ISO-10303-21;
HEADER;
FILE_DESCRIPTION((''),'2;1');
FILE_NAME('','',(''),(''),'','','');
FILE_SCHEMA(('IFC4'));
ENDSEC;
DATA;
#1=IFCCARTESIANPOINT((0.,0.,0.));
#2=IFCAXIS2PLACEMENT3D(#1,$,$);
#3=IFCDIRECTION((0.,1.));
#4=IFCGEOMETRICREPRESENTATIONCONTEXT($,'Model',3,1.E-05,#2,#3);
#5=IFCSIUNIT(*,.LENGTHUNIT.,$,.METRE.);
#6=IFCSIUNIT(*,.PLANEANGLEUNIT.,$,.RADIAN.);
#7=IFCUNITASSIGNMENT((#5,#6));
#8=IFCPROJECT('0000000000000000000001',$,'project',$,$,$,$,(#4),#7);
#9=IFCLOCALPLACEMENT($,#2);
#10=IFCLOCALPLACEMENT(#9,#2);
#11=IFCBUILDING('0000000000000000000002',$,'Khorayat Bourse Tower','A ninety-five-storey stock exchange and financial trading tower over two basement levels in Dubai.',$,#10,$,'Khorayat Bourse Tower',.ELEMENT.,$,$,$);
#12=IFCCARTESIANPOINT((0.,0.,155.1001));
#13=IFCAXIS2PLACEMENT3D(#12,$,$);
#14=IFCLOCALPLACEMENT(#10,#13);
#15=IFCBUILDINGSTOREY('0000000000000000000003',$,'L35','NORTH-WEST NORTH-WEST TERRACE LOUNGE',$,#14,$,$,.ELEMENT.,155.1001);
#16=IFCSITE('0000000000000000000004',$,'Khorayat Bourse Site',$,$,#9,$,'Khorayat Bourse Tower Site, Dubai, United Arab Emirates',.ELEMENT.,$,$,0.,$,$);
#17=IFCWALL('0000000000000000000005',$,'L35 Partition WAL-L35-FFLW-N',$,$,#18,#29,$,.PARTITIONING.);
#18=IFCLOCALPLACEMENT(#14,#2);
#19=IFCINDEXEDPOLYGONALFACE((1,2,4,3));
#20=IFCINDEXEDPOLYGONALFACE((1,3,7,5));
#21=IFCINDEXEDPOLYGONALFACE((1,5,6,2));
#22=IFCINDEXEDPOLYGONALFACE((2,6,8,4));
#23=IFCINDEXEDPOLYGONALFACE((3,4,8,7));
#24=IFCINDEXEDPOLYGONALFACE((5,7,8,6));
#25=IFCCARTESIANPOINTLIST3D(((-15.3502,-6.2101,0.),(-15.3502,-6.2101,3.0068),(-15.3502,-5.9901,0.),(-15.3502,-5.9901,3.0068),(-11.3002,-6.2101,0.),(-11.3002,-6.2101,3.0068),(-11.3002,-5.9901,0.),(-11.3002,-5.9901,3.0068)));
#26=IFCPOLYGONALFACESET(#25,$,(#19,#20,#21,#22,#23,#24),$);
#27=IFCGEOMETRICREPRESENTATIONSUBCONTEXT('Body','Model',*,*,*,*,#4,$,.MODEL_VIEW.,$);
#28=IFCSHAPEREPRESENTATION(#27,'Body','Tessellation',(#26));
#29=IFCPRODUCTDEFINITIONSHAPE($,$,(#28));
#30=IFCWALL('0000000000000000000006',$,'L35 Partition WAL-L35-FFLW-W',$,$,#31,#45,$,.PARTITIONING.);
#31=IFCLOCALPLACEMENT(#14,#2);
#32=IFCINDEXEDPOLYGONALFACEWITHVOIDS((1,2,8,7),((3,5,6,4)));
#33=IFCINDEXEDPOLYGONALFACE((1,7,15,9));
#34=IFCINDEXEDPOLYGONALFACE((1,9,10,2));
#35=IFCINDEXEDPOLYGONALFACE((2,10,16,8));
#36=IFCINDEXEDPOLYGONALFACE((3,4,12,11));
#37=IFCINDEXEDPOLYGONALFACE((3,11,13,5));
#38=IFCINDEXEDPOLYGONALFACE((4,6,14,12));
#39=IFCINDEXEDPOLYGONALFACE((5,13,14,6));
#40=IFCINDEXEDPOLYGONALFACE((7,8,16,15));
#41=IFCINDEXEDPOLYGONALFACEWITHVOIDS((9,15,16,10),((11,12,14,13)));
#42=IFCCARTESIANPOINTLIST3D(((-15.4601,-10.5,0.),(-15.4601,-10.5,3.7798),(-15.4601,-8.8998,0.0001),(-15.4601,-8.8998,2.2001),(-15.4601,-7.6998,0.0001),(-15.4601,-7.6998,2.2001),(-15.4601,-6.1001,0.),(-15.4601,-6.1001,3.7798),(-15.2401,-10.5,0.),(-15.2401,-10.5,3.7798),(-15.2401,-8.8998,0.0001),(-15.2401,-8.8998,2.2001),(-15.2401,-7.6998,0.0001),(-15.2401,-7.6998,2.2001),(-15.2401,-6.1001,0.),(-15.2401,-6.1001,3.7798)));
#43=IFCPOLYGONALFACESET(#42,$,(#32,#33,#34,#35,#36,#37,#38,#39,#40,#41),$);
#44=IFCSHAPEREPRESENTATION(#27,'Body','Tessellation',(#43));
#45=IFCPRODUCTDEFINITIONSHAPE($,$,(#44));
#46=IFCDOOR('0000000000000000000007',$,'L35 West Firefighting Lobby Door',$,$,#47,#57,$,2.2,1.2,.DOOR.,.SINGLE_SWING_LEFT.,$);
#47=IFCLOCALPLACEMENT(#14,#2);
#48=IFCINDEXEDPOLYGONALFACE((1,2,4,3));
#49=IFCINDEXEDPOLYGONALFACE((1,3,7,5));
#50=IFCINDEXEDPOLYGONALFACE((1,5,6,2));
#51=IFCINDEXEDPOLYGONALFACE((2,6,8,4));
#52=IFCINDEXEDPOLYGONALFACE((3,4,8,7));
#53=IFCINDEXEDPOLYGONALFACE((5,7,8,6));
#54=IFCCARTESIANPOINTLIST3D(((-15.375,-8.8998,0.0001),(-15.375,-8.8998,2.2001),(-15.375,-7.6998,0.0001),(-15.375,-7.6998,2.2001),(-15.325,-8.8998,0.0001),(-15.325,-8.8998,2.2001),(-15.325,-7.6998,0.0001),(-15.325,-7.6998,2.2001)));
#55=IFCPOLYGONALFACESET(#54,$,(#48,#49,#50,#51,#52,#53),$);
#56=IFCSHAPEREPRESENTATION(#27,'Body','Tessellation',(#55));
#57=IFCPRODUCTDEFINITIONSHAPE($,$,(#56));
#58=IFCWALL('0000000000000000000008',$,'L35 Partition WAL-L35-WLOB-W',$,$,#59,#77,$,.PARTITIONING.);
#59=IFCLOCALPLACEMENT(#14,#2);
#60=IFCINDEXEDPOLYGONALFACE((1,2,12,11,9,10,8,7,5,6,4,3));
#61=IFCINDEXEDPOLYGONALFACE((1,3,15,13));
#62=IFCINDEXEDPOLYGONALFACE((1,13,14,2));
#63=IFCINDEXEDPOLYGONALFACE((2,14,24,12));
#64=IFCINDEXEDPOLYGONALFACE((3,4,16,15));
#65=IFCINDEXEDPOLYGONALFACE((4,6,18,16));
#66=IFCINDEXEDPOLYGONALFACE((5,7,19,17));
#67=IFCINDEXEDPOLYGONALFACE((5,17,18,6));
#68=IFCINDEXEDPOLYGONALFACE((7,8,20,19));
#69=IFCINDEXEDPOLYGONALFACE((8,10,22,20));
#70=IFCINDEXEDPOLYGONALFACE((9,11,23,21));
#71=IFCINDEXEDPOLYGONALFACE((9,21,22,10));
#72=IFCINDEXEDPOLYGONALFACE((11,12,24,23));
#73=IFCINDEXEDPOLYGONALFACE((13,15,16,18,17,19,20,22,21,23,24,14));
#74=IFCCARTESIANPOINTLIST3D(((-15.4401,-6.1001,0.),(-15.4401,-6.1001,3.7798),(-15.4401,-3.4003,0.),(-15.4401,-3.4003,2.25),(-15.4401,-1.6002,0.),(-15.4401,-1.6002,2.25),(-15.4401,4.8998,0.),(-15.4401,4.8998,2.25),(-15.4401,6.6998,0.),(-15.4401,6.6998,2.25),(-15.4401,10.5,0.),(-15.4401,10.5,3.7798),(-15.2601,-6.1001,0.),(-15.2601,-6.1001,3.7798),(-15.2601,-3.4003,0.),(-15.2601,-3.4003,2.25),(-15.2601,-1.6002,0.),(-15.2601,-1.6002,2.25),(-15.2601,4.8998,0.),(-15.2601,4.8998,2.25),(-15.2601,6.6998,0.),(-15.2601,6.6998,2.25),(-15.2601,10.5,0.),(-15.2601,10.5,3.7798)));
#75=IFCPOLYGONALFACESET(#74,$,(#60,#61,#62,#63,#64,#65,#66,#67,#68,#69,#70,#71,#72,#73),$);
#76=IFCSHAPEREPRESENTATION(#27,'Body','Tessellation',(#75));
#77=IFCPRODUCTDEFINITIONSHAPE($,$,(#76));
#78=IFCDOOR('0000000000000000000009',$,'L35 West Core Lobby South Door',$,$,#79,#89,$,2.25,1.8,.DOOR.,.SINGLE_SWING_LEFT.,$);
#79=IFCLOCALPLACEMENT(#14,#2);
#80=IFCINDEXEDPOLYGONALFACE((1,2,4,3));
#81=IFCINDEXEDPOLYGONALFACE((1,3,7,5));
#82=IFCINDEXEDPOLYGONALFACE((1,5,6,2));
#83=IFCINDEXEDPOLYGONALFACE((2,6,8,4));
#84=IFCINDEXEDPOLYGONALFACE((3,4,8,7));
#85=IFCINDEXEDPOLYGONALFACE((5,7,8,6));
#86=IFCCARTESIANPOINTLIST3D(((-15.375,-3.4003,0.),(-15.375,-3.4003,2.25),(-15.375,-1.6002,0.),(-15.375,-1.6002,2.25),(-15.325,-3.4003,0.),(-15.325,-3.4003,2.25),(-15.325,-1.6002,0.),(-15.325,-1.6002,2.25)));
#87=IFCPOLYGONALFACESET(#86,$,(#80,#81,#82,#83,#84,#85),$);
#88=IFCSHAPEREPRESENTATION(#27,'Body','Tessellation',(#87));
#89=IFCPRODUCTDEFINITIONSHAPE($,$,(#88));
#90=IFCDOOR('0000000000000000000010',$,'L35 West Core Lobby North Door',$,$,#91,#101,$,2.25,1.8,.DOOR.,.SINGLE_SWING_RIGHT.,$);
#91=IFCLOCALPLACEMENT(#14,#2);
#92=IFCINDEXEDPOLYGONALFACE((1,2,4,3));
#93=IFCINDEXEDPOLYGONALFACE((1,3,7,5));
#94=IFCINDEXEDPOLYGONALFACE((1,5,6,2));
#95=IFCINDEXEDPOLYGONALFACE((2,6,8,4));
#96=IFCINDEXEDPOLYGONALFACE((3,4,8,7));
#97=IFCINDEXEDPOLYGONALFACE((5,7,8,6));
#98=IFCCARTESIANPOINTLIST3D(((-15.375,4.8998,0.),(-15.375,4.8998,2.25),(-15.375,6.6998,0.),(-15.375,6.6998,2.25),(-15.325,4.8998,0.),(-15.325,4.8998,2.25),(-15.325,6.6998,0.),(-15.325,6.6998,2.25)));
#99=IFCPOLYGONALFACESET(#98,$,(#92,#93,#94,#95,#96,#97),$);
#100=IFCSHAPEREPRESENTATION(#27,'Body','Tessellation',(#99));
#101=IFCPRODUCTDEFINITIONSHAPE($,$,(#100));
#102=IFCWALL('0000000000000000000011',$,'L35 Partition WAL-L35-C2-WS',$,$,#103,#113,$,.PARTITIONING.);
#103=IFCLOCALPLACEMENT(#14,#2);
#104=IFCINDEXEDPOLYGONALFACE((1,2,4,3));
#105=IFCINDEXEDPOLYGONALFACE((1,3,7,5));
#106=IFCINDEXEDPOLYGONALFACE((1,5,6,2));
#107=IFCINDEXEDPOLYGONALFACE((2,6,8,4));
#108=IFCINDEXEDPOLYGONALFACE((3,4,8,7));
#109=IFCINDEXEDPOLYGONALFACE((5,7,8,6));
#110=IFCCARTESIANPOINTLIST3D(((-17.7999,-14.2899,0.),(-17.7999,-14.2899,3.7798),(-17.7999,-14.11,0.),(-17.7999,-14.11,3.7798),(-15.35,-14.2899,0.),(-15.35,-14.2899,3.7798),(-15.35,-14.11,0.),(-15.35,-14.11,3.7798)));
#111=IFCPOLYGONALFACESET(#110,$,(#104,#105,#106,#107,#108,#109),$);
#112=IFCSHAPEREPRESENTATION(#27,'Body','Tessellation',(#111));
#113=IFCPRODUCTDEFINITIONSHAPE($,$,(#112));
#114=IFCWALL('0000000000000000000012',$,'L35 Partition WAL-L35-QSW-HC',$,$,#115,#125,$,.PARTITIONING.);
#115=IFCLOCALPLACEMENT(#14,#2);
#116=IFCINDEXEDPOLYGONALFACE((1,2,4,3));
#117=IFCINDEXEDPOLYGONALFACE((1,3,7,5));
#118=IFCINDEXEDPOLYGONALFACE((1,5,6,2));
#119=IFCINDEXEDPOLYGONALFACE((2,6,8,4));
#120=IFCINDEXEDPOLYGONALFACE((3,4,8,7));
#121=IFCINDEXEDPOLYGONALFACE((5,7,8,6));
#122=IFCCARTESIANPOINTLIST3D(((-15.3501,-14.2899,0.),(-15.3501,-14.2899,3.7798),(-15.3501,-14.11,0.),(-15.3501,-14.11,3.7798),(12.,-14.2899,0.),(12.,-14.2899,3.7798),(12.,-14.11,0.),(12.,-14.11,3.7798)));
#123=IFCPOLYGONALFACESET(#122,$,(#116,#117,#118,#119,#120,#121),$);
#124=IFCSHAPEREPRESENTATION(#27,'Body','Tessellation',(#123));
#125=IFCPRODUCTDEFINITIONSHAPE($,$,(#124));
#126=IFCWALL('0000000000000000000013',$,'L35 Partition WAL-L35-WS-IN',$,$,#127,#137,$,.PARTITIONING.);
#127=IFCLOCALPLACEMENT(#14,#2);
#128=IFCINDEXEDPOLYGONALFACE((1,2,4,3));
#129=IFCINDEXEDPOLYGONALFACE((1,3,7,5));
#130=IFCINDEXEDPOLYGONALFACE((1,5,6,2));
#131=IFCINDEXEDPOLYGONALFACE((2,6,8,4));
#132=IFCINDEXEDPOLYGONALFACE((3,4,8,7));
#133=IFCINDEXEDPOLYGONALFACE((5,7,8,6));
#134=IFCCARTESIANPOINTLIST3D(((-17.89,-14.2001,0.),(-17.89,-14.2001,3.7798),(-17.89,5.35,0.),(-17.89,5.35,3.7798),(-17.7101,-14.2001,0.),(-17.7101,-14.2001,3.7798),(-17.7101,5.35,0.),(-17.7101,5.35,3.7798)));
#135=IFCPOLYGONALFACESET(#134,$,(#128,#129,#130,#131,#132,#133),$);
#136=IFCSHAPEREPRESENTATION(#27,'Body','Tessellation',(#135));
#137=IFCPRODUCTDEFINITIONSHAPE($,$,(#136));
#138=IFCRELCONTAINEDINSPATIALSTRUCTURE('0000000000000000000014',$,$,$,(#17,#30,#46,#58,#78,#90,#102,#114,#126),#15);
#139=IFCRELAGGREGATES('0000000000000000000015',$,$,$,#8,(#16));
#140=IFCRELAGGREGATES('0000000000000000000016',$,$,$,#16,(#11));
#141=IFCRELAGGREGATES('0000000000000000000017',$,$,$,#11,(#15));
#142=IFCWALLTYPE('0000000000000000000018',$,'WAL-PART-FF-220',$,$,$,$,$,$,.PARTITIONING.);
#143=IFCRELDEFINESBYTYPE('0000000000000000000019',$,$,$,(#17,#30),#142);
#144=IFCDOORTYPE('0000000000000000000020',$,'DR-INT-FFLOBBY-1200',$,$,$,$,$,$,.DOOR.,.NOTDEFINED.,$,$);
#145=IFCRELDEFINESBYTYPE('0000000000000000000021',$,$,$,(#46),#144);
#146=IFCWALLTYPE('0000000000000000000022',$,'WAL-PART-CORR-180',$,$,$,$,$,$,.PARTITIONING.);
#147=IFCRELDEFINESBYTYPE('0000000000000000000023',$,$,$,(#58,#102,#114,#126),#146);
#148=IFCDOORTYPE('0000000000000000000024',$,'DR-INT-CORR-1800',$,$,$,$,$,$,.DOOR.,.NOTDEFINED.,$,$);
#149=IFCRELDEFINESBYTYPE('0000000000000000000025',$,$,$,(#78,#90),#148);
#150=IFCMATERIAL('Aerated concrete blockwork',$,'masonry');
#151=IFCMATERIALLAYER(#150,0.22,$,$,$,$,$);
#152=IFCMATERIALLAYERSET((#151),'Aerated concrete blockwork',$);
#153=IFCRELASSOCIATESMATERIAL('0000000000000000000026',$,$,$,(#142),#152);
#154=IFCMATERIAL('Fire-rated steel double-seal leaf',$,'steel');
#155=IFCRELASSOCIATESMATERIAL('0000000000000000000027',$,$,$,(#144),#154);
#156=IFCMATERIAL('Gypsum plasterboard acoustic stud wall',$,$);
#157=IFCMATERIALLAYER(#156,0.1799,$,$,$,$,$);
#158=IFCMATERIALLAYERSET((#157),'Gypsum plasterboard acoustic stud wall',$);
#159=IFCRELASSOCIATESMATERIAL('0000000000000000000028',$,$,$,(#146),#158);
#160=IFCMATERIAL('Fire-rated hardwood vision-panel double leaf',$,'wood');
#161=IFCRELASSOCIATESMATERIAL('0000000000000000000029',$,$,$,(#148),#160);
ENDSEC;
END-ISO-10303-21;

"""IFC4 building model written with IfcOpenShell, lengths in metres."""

from ifc_helpers import new_model, si_unit, direction, frame, frame_2d, origin, place, context, subcontext, project, spatial, rectangle, extrude, source, transform, mapped, material, layer, layer_set, type_object, element, fill, save


model = new_model("IFC4")

# Units and contexts
model_context = context("Model", 3, precision=1e-05, world=origin(), true_north=direction((0.0, 1.0)))
body_context = subcontext(model_context, "Body", "Model", "MODEL_VIEW")
ifc_project = project(units=[si_unit("LENGTHUNIT", "METRE"), si_unit("PLANEANGLEUNIT", "RADIAN")], contexts=[model_context])

# Site, building, storey
site_placement = place(None, origin())
site = spatial("IfcSite", under=ifc_project, at=site_placement, Name="Khorayat Bourse Site", LongName="Khorayat Bourse Tower Site, Dubai, United Arab Emirates", CompositionType="ELEMENT", RefElevation=0.0)
building_placement = place(site_placement, origin())
building = spatial("IfcBuilding", under=site, at=building_placement, Name="Khorayat Bourse Tower", Description="A ninety-five-storey stock exchange and financial trading tower over two basement levels in Dubai.", LongName="Khorayat Bourse Tower", CompositionType="ELEMENT")
storey_placement = place(building_placement, frame((0.0, 0.0, 155.1001)))
storey = spatial("IfcBuildingStorey", under=building, at=storey_placement, Name="L35", Description="NORTH-WEST NORTH-WEST TERRACE LOUNGE", CompositionType="ELEMENT", Elevation=155.1001)

# Wall
ifc_material_1 = material(Name="Aerated concrete blockwork", Category="masonry")
ifc_layer_1 = layer(ifc_material_1, 0.22)
ifc_layer_set_1 = layer_set([ifc_layer_1], Name="Aerated concrete blockwork")
wall_type_1 = type_object("IfcWallType", Name="WAL-PART-FF-220", PredefinedType="PARTITIONING", material=ifc_layer_set_1)
shared_shape_1 = source(origin(), body_context, "Body", "SweptSolid", [
    extrude(rectangle(XDim=4.05, YDim=0.22, at=frame_2d((2.0249, 0.0))), origin(), (0.0, 0.0, 1.0), 3.0068),
])
wall_1_placement = place(storey_placement, frame((-15.3501, -6.1001, 0.0), z_axis=(0.0, 0.0, 1.0), x_axis=(1.0, 0.0, 0.0)))
element("IfcWall", 1, at=wall_1_placement, inside=storey, type_object=wall_type_1, Name="L35 Partition WAL-L35-FFLW-N", PredefinedType="PARTITIONING", context=body_context, shape_type="MappedRepresentation", body=[
    mapped(shared_shape_1, transform((0.0, 0.0, 0.0), scale=1.0)),
])

# Wall, opening, door
shared_shape_2 = source(origin(), body_context, "Body", "SweptSolid", [
    extrude(rectangle(XDim=4.3999, YDim=0.22, at=frame_2d((2.2, 0.0))), origin(), (0.0, 0.0, 1.0), 3.7798),
])
wall_2_placement = place(storey_placement, frame((-15.3501, -10.5, 0.0), z_axis=(0.0, 0.0, 1.0), x_axis=(0.0, 1.0, 0.0)))
wall_2 = element("IfcWall", 2, at=wall_2_placement, inside=storey, type_object=wall_type_1, Name="L35 Partition WAL-L35-FFLW-W", PredefinedType="PARTITIONING", context=body_context, shape_type="MappedRepresentation", body=[
    mapped(shared_shape_2, transform((0.0, 0.0, 0.0), scale=1.0)),
])
shared_shape_3 = source(origin(), body_context, "Body", "SweptSolid", [
    extrude(rectangle(XDim=1.2, YDim=2.2, at=frame_2d((0.6001, 1.1001))), frame((0.0, 0.1199, 0.0), z_axis=(0.0, -1.0, 0.0), x_axis=(1.0, 0.0, 0.0)), (0.0, 0.0, 1.0), 0.24),
])
opening_1_placement = place(wall_2_placement, frame((1.6001, 0.0, 0.0)))
opening_1 = element("IfcOpeningElement", 3, at=opening_1_placement, cuts=wall_2, PredefinedType="OPENING", context=body_context, shape_type="MappedRepresentation", body=[
    mapped(shared_shape_3, transform((0.0, 0.0, 0.0), scale=1.0)),
])
ifc_material_2 = material(Name="Fire-rated steel double-seal leaf", Category="steel")
door_type_1 = type_object("IfcDoorType", Name="DR-INT-FFLOBBY-1200", OperationType="NOTDEFINED", PredefinedType="DOOR", material=ifc_material_2)
shared_shape_4 = source(origin(), body_context, "Body", "SweptSolid", [
    extrude(rectangle(XDim=1.2, YDim=2.2, at=frame_2d((0.6001, 1.1001))), frame((0.0, 0.0249, 0.0), z_axis=(0.0, -1.0, 0.0), x_axis=(1.0, 0.0, 0.0)), (0.0, 0.0, 1.0), 0.05),
])
door_1_placement = place(opening_1_placement, origin())
door_1 = element("IfcDoor", 4, at=door_1_placement, inside=storey, type_object=door_type_1, Name="L35 West Firefighting Lobby Door", OperationType="SINGLE_SWING_LEFT", OverallHeight=2.2, OverallWidth=1.2, PredefinedType="DOOR", context=body_context, shape_type="MappedRepresentation", body=[
    mapped(shared_shape_4, transform((0.0, 0.0, 0.0), scale=1.0)),
])
fill(opening_1, door_1)

# Wall, openings, doors
ifc_material_3 = material(Name="Gypsum plasterboard acoustic stud wall")
ifc_layer_2 = layer(ifc_material_3, 0.1799)
ifc_layer_set_2 = layer_set([ifc_layer_2], Name="Gypsum plasterboard acoustic stud wall")
wall_type_2 = type_object("IfcWallType", Name="WAL-PART-CORR-180", PredefinedType="PARTITIONING", material=ifc_layer_set_2)
shared_shape_5 = source(origin(), body_context, "Body", "SweptSolid", [
    extrude(rectangle(XDim=16.6001, YDim=0.1799, at=frame_2d((8.3, 0.0))), origin(), (0.0, 0.0, 1.0), 3.7798),
])
wall_3_placement = place(storey_placement, frame((-15.3501, -6.1001, 0.0), z_axis=(0.0, 0.0, 1.0), x_axis=(0.0, 1.0, 0.0)))
wall_3 = element("IfcWall", 5, at=wall_3_placement, inside=storey, type_object=wall_type_2, Name="L35 Partition WAL-L35-WLOB-W", PredefinedType="PARTITIONING", context=body_context, shape_type="MappedRepresentation", body=[
    mapped(shared_shape_5, transform((0.0, 0.0, 0.0), scale=1.0)),
])
shared_shape_6 = source(origin(), body_context, "Body", "SweptSolid", [
    extrude(rectangle(XDim=1.8, YDim=2.25, at=frame_2d((0.8999, 1.125))), frame((0.0, 0.0999, 0.0), z_axis=(0.0, -1.0, 0.0), x_axis=(1.0, 0.0, 0.0)), (0.0, 0.0, 1.0), 0.2),
])
opening_2_placement = place(wall_3_placement, frame((2.7, 0.0, 0.0)))
opening_2 = element("IfcOpeningElement", 6, at=opening_2_placement, cuts=wall_3, PredefinedType="OPENING", context=body_context, shape_type="MappedRepresentation", body=[
    mapped(shared_shape_6, transform((0.0, 0.0, 0.0), scale=1.0)),
])
opening_3_placement = place(wall_3_placement, frame((11.0, 0.0, 0.0)))
opening_3 = element("IfcOpeningElement", 7, at=opening_3_placement, cuts=wall_3, PredefinedType="OPENING", context=body_context, shape_type="MappedRepresentation", body=[
    mapped(shared_shape_6, transform((0.0, 0.0, 0.0), scale=1.0)),
])
ifc_material_4 = material(Name="Fire-rated hardwood vision-panel double leaf", Category="wood")
door_type_2 = type_object("IfcDoorType", Name="DR-INT-CORR-1800", OperationType="NOTDEFINED", PredefinedType="DOOR", material=ifc_material_4)
shared_shape_7 = source(origin(), body_context, "Body", "SweptSolid", [
    extrude(rectangle(XDim=1.8, YDim=2.25, at=frame_2d((0.8999, 1.125))), frame((0.0, 0.0249, 0.0), z_axis=(0.0, -1.0, 0.0), x_axis=(1.0, 0.0, 0.0)), (0.0, 0.0, 1.0), 0.05),
])
door_2_placement = place(opening_2_placement, origin())
door_2 = element("IfcDoor", 8, at=door_2_placement, inside=storey, type_object=door_type_2, Name="L35 West Core Lobby South Door", OperationType="SINGLE_SWING_LEFT", OverallHeight=2.25, OverallWidth=1.8, PredefinedType="DOOR", context=body_context, shape_type="MappedRepresentation", body=[
    mapped(shared_shape_7, transform((0.0, 0.0, 0.0), scale=1.0)),
])
fill(opening_2, door_2)
door_3_placement = place(opening_3_placement, origin())
door_3 = element("IfcDoor", 9, at=door_3_placement, inside=storey, type_object=door_type_2, Name="L35 West Core Lobby North Door", OperationType="SINGLE_SWING_RIGHT", OverallHeight=2.25, OverallWidth=1.8, PredefinedType="DOOR", context=body_context, shape_type="MappedRepresentation", body=[
    mapped(shared_shape_7, transform((0.0, 0.0, 0.0), scale=1.0)),
])
fill(opening_3, door_3)

# Walls
shared_shape_8 = source(origin(), body_context, "Body", "SweptSolid", [
    extrude(rectangle(XDim=2.45, YDim=0.1799, at=frame_2d((1.2251, 0.0))), origin(), (0.0, 0.0, 1.0), 3.7798),
])
wall_4_placement = place(storey_placement, frame((-17.8, -14.2, 0.0), z_axis=(0.0, 0.0, 1.0), x_axis=(1.0, 0.0, 0.0)))
element("IfcWall", 10, at=wall_4_placement, inside=storey, type_object=wall_type_2, Name="L35 Partition WAL-L35-C2-WS", PredefinedType="PARTITIONING", context=body_context, shape_type="MappedRepresentation", body=[
    mapped(shared_shape_8, transform((0.0, 0.0, 0.0), scale=1.0)),
])
shared_shape_9 = source(origin(), body_context, "Body", "SweptSolid", [
    extrude(rectangle(XDim=27.3501, YDim=0.1799, at=frame_2d((13.675, 0.0))), origin(), (0.0, 0.0, 1.0), 3.7798),
])
wall_5_placement = place(storey_placement, frame((-15.3501, -14.2, 0.0), z_axis=(0.0, 0.0, 1.0), x_axis=(1.0, 0.0, 0.0)))
element("IfcWall", 11, at=wall_5_placement, inside=storey, type_object=wall_type_2, Name="L35 Partition WAL-L35-QSW-HC", PredefinedType="PARTITIONING", context=body_context, shape_type="MappedRepresentation", body=[
    mapped(shared_shape_9, transform((0.0, 0.0, 0.0), scale=1.0)),
])
shared_shape_10 = source(origin(), body_context, "Body", "SweptSolid", [
    extrude(rectangle(XDim=19.55, YDim=0.1799, at=frame_2d((9.7749, 0.0))), origin(), (0.0, 0.0, 1.0), 3.7798),
])
wall_6_placement = place(storey_placement, frame((-17.8, -14.2, 0.0), z_axis=(0.0, 0.0, 1.0), x_axis=(0.0, 1.0, 0.0)))
element("IfcWall", 12, at=wall_6_placement, inside=storey, type_object=wall_type_2, Name="L35 Partition WAL-L35-WS-IN", PredefinedType="PARTITIONING", context=body_context, shape_type="MappedRepresentation", body=[
    mapped(shared_shape_10, transform((0.0, 0.0, 0.0), scale=1.0)),
])

save(model, "model.ifc")
